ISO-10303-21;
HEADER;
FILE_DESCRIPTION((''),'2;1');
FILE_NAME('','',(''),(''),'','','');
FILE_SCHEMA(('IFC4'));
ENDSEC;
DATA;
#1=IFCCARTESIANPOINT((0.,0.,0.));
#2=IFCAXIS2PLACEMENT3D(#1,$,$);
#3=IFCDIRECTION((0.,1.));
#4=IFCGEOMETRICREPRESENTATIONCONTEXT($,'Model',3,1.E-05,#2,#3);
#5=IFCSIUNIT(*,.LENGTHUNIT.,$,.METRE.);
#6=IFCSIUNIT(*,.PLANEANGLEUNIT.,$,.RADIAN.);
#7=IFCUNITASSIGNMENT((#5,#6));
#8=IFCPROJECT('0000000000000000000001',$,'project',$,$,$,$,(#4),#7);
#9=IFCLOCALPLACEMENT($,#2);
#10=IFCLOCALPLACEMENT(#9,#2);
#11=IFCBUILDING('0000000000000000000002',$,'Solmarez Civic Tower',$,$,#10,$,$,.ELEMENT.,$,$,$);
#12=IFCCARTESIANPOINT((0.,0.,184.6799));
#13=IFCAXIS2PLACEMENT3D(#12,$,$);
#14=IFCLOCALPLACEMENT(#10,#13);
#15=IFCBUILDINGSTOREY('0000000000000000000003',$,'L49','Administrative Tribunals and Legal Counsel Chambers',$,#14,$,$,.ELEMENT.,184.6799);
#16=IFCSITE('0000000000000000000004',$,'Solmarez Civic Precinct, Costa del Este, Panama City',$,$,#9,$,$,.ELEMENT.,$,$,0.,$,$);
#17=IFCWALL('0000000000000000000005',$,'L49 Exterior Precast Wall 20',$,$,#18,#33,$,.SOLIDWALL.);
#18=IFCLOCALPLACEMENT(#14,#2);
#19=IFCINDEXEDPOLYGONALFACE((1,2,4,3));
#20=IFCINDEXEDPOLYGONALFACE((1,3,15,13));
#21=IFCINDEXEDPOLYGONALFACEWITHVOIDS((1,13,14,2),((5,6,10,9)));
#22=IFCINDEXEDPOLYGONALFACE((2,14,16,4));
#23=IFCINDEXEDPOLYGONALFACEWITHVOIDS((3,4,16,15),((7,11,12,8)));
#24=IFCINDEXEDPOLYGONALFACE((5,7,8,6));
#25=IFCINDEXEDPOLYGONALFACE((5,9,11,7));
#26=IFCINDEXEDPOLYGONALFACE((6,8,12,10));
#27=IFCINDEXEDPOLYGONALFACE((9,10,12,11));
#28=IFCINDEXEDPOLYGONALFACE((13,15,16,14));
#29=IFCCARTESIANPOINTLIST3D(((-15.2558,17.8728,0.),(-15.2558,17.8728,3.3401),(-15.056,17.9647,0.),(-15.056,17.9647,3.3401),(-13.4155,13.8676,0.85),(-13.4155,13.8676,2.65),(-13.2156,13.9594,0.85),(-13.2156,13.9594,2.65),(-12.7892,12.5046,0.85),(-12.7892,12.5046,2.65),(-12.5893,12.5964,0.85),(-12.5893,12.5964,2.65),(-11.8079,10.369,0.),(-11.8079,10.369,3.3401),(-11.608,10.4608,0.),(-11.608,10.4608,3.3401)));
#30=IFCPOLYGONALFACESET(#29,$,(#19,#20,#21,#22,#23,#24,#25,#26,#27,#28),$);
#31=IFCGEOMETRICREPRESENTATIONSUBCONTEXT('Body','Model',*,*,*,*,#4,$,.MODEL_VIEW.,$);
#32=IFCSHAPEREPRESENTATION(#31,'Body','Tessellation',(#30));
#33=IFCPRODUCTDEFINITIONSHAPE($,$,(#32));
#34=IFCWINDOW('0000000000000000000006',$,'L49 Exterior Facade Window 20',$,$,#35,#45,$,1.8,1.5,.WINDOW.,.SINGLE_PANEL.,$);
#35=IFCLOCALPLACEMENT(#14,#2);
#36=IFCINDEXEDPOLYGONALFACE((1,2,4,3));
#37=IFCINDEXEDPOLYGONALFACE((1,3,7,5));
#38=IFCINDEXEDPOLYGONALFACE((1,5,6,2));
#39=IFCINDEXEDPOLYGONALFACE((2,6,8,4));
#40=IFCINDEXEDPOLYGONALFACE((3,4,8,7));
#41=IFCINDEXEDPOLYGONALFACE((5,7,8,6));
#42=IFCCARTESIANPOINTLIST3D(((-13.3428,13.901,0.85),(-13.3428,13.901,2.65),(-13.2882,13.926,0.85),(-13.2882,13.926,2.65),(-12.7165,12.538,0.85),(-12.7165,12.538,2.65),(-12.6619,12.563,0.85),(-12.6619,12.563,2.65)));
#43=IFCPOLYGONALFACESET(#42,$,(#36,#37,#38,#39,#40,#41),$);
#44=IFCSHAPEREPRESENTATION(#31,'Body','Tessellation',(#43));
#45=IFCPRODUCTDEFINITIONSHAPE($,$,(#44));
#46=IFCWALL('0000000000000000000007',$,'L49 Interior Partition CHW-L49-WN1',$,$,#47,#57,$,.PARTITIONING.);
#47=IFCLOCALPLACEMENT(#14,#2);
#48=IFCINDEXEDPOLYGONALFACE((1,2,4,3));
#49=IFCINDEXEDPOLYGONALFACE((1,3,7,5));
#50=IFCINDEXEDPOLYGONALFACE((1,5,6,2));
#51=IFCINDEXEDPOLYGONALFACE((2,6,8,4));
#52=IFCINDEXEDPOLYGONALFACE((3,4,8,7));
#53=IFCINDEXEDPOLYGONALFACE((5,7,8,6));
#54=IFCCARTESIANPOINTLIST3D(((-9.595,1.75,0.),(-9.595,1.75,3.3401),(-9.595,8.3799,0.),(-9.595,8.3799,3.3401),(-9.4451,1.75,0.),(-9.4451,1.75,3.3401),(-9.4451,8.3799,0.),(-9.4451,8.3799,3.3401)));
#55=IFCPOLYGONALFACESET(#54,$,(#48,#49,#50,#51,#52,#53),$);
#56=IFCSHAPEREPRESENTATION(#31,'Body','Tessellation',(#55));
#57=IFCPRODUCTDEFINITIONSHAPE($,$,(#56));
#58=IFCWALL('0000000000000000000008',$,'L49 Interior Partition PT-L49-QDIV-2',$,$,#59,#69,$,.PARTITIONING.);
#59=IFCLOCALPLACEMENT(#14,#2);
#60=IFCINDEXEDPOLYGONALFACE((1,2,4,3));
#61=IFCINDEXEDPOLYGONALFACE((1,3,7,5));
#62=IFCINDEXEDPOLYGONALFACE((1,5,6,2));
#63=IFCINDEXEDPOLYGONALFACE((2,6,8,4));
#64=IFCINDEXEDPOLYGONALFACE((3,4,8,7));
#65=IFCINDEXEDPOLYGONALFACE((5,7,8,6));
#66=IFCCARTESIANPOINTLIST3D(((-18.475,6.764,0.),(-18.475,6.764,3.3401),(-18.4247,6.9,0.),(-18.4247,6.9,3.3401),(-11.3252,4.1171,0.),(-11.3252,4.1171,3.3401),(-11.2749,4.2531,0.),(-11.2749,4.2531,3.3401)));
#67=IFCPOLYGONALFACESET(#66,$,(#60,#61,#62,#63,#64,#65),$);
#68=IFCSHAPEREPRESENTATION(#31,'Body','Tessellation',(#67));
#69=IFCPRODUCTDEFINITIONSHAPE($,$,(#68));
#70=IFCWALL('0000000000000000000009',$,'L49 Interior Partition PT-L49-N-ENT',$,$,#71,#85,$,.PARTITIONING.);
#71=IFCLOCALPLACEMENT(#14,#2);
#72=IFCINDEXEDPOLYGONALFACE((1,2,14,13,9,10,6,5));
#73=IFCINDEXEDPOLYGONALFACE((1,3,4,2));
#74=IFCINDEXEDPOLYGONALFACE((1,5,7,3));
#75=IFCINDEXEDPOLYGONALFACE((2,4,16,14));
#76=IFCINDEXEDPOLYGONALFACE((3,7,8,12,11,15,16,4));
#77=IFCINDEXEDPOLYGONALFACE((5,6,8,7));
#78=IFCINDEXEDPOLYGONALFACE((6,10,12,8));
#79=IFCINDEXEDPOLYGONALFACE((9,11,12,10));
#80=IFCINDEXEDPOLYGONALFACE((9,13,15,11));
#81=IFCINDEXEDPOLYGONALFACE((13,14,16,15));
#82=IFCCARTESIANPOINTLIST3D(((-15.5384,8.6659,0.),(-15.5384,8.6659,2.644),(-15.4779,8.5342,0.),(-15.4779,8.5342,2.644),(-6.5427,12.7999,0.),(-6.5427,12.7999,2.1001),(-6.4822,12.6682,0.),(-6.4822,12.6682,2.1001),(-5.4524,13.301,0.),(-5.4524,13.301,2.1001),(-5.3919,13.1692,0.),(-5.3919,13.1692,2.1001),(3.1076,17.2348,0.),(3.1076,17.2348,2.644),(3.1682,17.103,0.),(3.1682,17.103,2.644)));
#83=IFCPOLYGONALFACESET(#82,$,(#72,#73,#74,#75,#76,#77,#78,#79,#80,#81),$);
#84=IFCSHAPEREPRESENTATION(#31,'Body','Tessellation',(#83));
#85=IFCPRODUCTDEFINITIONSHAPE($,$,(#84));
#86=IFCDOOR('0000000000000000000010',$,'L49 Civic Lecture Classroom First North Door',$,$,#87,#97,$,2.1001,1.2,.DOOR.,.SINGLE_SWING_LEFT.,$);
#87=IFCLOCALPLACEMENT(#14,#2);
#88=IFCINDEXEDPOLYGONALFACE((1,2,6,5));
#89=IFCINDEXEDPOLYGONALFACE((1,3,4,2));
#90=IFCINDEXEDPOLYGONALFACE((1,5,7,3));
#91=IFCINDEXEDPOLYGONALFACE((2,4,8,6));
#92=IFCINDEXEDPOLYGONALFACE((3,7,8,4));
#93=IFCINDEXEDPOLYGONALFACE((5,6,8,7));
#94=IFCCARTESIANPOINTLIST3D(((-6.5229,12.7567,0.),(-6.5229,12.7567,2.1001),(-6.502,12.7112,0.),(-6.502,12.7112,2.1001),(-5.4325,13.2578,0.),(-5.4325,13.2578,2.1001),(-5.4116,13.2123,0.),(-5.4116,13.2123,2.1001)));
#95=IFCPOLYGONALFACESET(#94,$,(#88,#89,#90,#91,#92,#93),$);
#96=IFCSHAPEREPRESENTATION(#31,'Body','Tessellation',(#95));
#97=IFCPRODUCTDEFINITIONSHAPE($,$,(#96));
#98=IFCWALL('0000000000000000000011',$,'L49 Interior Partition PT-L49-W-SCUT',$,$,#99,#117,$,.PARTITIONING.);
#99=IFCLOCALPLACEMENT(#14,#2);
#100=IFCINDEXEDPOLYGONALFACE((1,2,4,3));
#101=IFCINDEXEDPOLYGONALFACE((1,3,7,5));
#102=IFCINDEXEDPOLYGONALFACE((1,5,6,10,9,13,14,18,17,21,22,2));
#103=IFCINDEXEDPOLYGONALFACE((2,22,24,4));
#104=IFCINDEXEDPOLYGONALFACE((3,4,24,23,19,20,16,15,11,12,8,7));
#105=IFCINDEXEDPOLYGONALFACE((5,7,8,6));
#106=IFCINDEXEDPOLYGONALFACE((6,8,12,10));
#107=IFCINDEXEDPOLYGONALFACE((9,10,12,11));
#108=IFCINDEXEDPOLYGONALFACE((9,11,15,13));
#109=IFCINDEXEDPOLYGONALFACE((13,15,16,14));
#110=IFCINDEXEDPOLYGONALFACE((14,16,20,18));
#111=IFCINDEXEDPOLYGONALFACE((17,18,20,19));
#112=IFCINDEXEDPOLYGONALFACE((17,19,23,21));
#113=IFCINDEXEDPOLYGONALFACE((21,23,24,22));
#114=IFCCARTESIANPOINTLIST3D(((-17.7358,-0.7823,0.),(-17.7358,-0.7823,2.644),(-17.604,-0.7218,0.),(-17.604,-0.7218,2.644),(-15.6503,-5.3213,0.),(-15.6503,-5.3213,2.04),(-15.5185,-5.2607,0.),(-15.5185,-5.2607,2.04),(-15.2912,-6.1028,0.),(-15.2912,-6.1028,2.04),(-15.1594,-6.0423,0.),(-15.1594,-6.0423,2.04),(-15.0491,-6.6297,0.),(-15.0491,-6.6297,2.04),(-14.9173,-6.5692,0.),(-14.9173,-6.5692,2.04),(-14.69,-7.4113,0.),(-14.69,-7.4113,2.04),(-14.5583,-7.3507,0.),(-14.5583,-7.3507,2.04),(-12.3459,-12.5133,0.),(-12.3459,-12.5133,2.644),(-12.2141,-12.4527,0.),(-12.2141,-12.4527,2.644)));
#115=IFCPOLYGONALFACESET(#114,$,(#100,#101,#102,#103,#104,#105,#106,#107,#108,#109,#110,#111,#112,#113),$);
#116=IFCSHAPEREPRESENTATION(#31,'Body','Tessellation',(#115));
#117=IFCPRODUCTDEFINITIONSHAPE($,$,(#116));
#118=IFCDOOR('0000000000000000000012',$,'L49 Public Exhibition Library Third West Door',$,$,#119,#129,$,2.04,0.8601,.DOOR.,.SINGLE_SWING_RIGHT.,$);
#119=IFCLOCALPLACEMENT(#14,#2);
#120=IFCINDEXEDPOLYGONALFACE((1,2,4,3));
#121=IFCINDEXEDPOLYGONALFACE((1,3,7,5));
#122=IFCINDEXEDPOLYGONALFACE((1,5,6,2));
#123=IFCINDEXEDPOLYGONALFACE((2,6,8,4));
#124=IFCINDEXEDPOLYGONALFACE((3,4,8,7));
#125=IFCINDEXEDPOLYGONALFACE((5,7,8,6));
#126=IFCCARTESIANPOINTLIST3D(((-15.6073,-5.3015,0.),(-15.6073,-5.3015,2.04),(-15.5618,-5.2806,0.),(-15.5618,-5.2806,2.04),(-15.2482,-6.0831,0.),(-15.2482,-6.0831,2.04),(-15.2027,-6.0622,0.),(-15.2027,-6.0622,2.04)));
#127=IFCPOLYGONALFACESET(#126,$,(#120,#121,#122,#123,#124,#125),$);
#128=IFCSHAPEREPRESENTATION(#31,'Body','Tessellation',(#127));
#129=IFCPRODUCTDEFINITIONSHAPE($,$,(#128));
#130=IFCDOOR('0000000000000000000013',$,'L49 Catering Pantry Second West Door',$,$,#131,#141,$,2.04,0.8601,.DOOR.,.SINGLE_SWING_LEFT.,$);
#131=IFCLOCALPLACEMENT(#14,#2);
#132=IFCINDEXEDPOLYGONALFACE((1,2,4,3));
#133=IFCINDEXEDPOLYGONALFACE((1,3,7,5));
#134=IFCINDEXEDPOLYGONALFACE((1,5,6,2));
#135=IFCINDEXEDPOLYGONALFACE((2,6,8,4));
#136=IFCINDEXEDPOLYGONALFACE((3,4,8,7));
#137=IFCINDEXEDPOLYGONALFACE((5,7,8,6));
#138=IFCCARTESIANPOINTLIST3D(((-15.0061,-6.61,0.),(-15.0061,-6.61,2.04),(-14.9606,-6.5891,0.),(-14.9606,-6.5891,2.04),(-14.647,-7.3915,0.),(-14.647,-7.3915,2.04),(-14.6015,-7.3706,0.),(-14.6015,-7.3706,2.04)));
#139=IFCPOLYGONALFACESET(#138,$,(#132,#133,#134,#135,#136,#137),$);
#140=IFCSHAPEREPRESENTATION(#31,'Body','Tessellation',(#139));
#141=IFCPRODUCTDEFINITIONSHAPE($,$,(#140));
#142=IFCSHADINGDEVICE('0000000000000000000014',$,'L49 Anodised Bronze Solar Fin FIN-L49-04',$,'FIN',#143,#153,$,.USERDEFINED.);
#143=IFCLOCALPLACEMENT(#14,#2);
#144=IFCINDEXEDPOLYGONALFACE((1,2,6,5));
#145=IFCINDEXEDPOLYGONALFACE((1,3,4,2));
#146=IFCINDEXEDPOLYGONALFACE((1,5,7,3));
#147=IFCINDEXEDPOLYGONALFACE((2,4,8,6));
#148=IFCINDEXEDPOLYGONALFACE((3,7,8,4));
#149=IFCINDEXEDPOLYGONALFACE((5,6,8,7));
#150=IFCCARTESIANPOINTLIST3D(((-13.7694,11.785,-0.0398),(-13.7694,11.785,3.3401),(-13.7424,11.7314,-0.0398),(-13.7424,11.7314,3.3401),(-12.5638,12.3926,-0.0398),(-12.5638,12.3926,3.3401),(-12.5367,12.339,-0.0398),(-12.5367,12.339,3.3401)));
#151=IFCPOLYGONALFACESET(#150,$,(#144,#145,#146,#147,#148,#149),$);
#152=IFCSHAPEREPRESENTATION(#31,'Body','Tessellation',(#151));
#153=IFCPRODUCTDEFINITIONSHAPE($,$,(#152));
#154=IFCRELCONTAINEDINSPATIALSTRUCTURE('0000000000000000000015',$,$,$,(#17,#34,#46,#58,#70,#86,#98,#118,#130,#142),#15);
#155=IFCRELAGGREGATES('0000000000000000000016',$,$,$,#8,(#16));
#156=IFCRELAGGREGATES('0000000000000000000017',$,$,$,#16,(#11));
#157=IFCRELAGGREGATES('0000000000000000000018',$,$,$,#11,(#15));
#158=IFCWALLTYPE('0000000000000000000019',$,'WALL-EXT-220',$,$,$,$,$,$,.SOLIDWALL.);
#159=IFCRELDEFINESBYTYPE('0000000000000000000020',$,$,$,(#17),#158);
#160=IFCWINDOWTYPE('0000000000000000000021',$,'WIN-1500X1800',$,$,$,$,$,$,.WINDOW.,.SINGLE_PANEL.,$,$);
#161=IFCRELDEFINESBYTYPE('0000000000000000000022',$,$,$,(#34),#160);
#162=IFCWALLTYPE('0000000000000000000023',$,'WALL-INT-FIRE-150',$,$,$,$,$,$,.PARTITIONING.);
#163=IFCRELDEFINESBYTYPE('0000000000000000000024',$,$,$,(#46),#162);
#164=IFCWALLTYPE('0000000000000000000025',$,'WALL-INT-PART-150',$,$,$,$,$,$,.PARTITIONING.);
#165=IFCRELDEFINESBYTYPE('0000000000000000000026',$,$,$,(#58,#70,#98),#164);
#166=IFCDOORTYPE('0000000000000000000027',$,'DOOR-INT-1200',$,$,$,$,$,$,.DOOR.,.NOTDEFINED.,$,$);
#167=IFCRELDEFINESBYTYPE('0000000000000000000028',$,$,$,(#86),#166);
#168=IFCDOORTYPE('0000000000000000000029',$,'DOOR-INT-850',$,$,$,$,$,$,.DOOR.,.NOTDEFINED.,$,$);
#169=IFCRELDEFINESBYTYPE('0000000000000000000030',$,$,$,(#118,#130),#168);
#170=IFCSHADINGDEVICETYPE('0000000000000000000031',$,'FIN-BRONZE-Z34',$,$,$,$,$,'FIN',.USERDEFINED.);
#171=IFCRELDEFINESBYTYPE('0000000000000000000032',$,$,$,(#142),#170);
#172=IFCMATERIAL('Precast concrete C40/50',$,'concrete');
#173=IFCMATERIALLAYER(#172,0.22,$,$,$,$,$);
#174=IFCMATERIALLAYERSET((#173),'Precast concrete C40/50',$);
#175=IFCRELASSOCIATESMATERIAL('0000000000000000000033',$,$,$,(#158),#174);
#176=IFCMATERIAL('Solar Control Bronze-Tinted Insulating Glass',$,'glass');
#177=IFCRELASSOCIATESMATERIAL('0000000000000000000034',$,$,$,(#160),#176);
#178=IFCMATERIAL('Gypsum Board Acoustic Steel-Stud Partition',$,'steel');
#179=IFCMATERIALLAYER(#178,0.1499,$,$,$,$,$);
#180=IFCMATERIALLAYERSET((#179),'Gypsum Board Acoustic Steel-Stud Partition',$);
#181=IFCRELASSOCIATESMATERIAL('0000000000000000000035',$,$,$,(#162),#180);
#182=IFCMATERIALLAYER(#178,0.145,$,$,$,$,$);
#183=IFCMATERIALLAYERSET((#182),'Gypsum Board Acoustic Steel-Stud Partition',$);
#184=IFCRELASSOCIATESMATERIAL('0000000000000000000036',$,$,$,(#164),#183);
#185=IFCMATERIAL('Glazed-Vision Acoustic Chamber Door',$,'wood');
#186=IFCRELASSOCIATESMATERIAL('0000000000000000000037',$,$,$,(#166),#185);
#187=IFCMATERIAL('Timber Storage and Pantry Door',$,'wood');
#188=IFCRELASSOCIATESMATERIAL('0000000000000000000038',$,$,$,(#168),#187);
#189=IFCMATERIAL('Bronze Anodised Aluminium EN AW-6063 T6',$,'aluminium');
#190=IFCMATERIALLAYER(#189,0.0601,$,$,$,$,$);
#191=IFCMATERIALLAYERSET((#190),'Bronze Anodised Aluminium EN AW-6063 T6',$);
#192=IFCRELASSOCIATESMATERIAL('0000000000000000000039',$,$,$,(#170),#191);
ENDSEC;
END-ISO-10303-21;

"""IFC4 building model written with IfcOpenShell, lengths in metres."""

from ifc_helpers import new_model, si_unit, direction, frame, frame_2d, origin, origin_2d, place, context, subcontext, project, spatial, rectangle, extrude, material, layer, layer_set, type_object, element, fill, save


model = new_model("IFC4")

# Units and contexts
model_context = context("Model", 3, precision=1e-05, world=origin(), true_north=direction((0.0, 1.0)))
body_context = subcontext(model_context, "Body", "Model", "MODEL_VIEW")
ifc_project = project(units=[si_unit("LENGTHUNIT", "METRE"), si_unit("PLANEANGLEUNIT", "RADIAN")], contexts=[model_context])

# Site, building, storey
site_placement = place(None, origin())
site = spatial("IfcSite", under=ifc_project, at=site_placement, Name="Solmarez Civic Precinct, Costa del Este, Panama City", CompositionType="ELEMENT", RefElevation=0.0)
building_placement = place(site_placement, origin())
building = spatial("IfcBuilding", under=site, at=building_placement, Name="Solmarez Civic Tower", CompositionType="ELEMENT")
storey_placement = place(building_placement, frame((0.0, 0.0, 184.6799)))
storey = spatial("IfcBuildingStorey", under=building, at=storey_placement, Name="L49", Description="Administrative Tribunals and Legal Counsel Chambers", CompositionType="ELEMENT", Elevation=184.6799)

# Shared definitions
ifc_material_1 = material(Name="Precast concrete C40/50", Category="concrete")
ifc_layer_1 = layer(ifc_material_1, 0.22)
ifc_layer_set_1 = layer_set([ifc_layer_1], Name="Precast concrete C40/50")
wall_type_1 = type_object("IfcWallType", Name="WALL-EXT-220", PredefinedType="SOLIDWALL", material=ifc_layer_set_1)

# Wall, opening, window
wall_1_placement = place(storey_placement, frame((-11.708, 10.415, 0.0), z_axis=(0.0, 0.0, 1.0), x_axis=(-0.417526, 0.908665, 0.0)))
wall_1 = element("IfcWall", 1, at=wall_1_placement, inside=storey, type_object=wall_type_1, Name="L49 Exterior Precast Wall 20", PredefinedType="SOLIDWALL", context=body_context, shape_type="SweptSolid", body=[
    extrude(rectangle(XDim=8.2581, YDim=0.22, at=frame_2d((4.1289, 0.0))), origin(), (0.0, 0.0, 1.0), 3.3401),
])
opening_1_placement = place(wall_1_placement, frame((2.3501, 0.0, 0.8501)))
opening_1 = element("IfcOpeningElement", 2, at=opening_1_placement, cuts=wall_1, PredefinedType="OPENING", context=body_context, shape_type="SweptSolid", body=[
    extrude(rectangle(XDim=1.5, YDim=1.8, at=frame_2d((0.75, 0.8999))), frame((0.0, 0.1199, 0.0), z_axis=(0.0, -1.0, 0.0), x_axis=(1.0, 0.0, 0.0)), (0.0, 0.0, 1.0), 0.24),
])
ifc_material_2 = material(Name="Solar Control Bronze-Tinted Insulating Glass", Category="glass")
window_type = type_object("IfcWindowType", Name="WIN-1500X1800", PartitioningType="SINGLE_PANEL", PredefinedType="WINDOW", material=ifc_material_2)
window_placement = place(opening_1_placement, origin())
window = element("IfcWindow", 3, at=window_placement, inside=storey, type_object=window_type, Name="L49 Exterior Facade Window 20", OverallHeight=1.8, OverallWidth=1.5, PartitioningType="SINGLE_PANEL", PredefinedType="WINDOW", context=body_context, shape_type="SweptSolid", body=[
    extrude(rectangle(XDim=1.5, YDim=1.8, at=frame_2d((0.75, 0.8999))), frame((0.0, 0.03, 0.0), z_axis=(0.0, -1.0, 0.0), x_axis=(1.0, 0.0, 0.0)), (0.0, 0.0, 1.0), 0.0601),
])
fill(opening_1, window)

# Walls
ifc_material_3 = material(Name="Gypsum Board Acoustic Steel-Stud Partition", Category="steel")
ifc_layer_2 = layer(ifc_material_3, 0.1499)
ifc_layer_set_2 = layer_set([ifc_layer_2], Name="Gypsum Board Acoustic Steel-Stud Partition")
wall_type_2 = type_object("IfcWallType", Name="WALL-INT-FIRE-150", PredefinedType="PARTITIONING", material=ifc_layer_set_2)
wall_2_placement = place(storey_placement, frame((-9.52, 1.75, 0.0), z_axis=(0.0, 0.0, 1.0), x_axis=(0.0, 1.0, 0.0)))
element("IfcWall", 4, at=wall_2_placement, inside=storey, type_object=wall_type_2, Name="L49 Interior Partition CHW-L49-WN1", PredefinedType="PARTITIONING", context=body_context, shape_type="SweptSolid", body=[
    extrude(rectangle(XDim=6.6299, YDim=0.1499, at=frame_2d((3.3149, 0.0))), origin(), (0.0, 0.0, 1.0), 3.3401),
])
ifc_layer_3 = layer(ifc_material_3, 0.145)
ifc_layer_set_3 = layer_set([ifc_layer_3], Name="Gypsum Board Acoustic Steel-Stud Partition")
wall_type_3 = type_object("IfcWallType", Name="WALL-INT-PART-150", PredefinedType="PARTITIONING", material=ifc_layer_set_3)
wall_3_placement = place(storey_placement, frame((-11.3, 4.1851, 0.0), z_axis=(0.0, 0.0, 1.0), x_axis=(-0.937797, 0.347183, 0.0)))
element("IfcWall", 5, at=wall_3_placement, inside=storey, type_object=wall_type_3, Name="L49 Interior Partition PT-L49-QDIV-2", PredefinedType="PARTITIONING", context=body_context, shape_type="SweptSolid", body=[
    extrude(rectangle(XDim=7.624, YDim=0.145, at=frame_2d((3.812, 0.0))), origin(), (0.0, 0.0, 1.0), 3.3401),
])

# Wall, opening, door
wall_4_placement = place(storey_placement, frame((-15.5081, 8.6001, 0.0), z_axis=(0.0, 0.0, 1.0), x_axis=(0.908644, 0.417571, 0.0)))
wall_4 = element("IfcWall", 6, at=wall_4_placement, inside=storey, type_object=wall_type_3, Name="L49 Interior Partition PT-L49-N-ENT", PredefinedType="PARTITIONING", context=body_context, shape_type="SweptSolid", body=[
    extrude(rectangle(XDim=20.5208, YDim=0.145, at=frame_2d((10.2603, 0.0))), origin(), (0.0, 0.0, 1.0), 2.644),
])
opening_2_placement = place(wall_4_placement, frame((9.8999, 0.0, 0.0)))
opening_2 = element("IfcOpeningElement", 7, at=opening_2_placement, cuts=wall_4, PredefinedType="OPENING", context=body_context, shape_type="SweptSolid", body=[
    extrude(rectangle(XDim=1.2, YDim=2.1001, at=frame_2d((0.6001, 1.05))), frame((0.0, 0.0825, 0.0), z_axis=(0.0, -1.0, 0.0), x_axis=(1.0, 0.0, 0.0)), (0.0, 0.0, 1.0), 0.165),
])
ifc_material_4 = material(Name="Glazed-Vision Acoustic Chamber Door", Category="wood")
door_type_1 = type_object("IfcDoorType", Name="DOOR-INT-1200", OperationType="NOTDEFINED", PredefinedType="DOOR", material=ifc_material_4)
door_1_placement = place(opening_2_placement, origin())
door_1 = element("IfcDoor", 8, at=door_1_placement, inside=storey, type_object=door_type_1, Name="L49 Civic Lecture Classroom First North Door", OperationType="SINGLE_SWING_LEFT", OverallHeight=2.1001, OverallWidth=1.2, PredefinedType="DOOR", context=body_context, shape_type="SweptSolid", body=[
    extrude(rectangle(XDim=1.2, YDim=2.1001, at=frame_2d((0.6001, 1.05))), frame((0.0, 0.0249, 0.0), z_axis=(0.0, -1.0, 0.0), x_axis=(1.0, 0.0, 0.0)), (0.0, 0.0, 1.0), 0.05),
])
fill(opening_2, door_1)

# Wall, openings, doors
wall_5_placement = place(storey_placement, frame((-17.6699, -0.752, 0.0), z_axis=(0.0, 0.0, 1.0), x_axis=(0.4175, -0.908677, 0.0)))
wall_5 = element("IfcWall", 9, at=wall_5_placement, inside=storey, type_object=wall_type_3, Name="L49 Interior Partition PT-L49-W-SCUT", PredefinedType="PARTITIONING", context=body_context, shape_type="SweptSolid", body=[
    extrude(rectangle(XDim=12.9099, YDim=0.145, at=frame_2d((6.4551, 0.0))), origin(), (0.0, 0.0, 1.0), 2.644),
])
opening_3_placement = place(wall_5_placement, frame((4.9951, 0.0, 0.0)))
opening_3 = element("IfcOpeningElement", 10, at=opening_3_placement, cuts=wall_5, PredefinedType="OPENING", context=body_context, shape_type="SweptSolid", body=[
    extrude(rectangle(XDim=0.8601, YDim=2.04, at=frame_2d((0.4302, 1.02))), frame((0.0, 0.0825, 0.0), z_axis=(0.0, -1.0, 0.0), x_axis=(1.0, 0.0, 0.0)), (0.0, 0.0, 1.0), 0.165),
])
opening_4_placement = place(wall_5_placement, frame((6.4351, 0.0, 0.0)))
opening_4 = element("IfcOpeningElement", 11, at=opening_4_placement, cuts=wall_5, PredefinedType="OPENING", context=body_context, shape_type="SweptSolid", body=[
    extrude(rectangle(XDim=0.8601, YDim=2.04, at=frame_2d((0.4302, 1.02))), frame((0.0, 0.0825, 0.0), z_axis=(0.0, -1.0, 0.0), x_axis=(1.0, 0.0, 0.0)), (0.0, 0.0, 1.0), 0.165),
])
ifc_material_5 = material(Name="Timber Storage and Pantry Door", Category="wood")
door_type_2 = type_object("IfcDoorType", Name="DOOR-INT-850", OperationType="NOTDEFINED", PredefinedType="DOOR", material=ifc_material_5)
door_2_placement = place(opening_3_placement, origin())
door_2 = element("IfcDoor", 12, at=door_2_placement, inside=storey, type_object=door_type_2, Name="L49 Public Exhibition Library Third West Door", OperationType="SINGLE_SWING_RIGHT", OverallHeight=2.04, OverallWidth=0.8601, PredefinedType="DOOR", context=body_context, shape_type="SweptSolid", body=[
    extrude(rectangle(XDim=0.8601, YDim=2.04, at=frame_2d((0.4302, 1.02))), frame((0.0, 0.0249, 0.0), z_axis=(0.0, -1.0, 0.0), x_axis=(1.0, 0.0, 0.0)), (0.0, 0.0, 1.0), 0.05),
])
fill(opening_3, door_2)
door_3_placement = place(opening_4_placement, origin())
door_3 = element("IfcDoor", 13, at=door_3_placement, inside=storey, type_object=door_type_2, Name="L49 Catering Pantry Second West Door", OperationType="SINGLE_SWING_LEFT", OverallHeight=2.04, OverallWidth=0.8601, PredefinedType="DOOR", context=body_context, shape_type="SweptSolid", body=[
    extrude(rectangle(XDim=0.8601, YDim=2.04, at=frame_2d((0.4302, 1.02))), frame((0.0, 0.0249, 0.0), z_axis=(0.0, -1.0, 0.0), x_axis=(1.0, 0.0, 0.0)), (0.0, 0.0, 1.0), 0.05),
])
fill(opening_4, door_3)

# Shading device
ifc_material_6 = material(Name="Bronze Anodised Aluminium EN AW-6063 T6", Category="aluminium")
ifc_layer_4 = layer(ifc_material_6, 0.0601)
ifc_layer_set_4 = layer_set([ifc_layer_4], Name="Bronze Anodised Aluminium EN AW-6063 T6")
shading_device_type = type_object("IfcShadingDeviceType", Name="FIN-BRONZE-Z34", ElementType="FIN", PredefinedType="USERDEFINED", material=ifc_layer_set_4)
shading_device_placement = place(storey_placement, frame((-13.1531, 12.062, -0.0398), z_axis=(0.0, 0.0, 1.0), x_axis=(-0.893018, -0.450021, 0.0)))
element("IfcShadingDevice", 14, at=shading_device_placement, inside=storey, type_object=shading_device_type, Name="L49 Anodised Bronze Solar Fin FIN-L49-04", ObjectType="FIN", PredefinedType="USERDEFINED", context=body_context, shape_type="SweptSolid", body=[
    extrude(rectangle(XDim=1.3501, YDim=0.0601, at=origin_2d()), origin(), (0.0, 0.0, 1.0), 3.3799),
])

save(model, "model.ifc")
